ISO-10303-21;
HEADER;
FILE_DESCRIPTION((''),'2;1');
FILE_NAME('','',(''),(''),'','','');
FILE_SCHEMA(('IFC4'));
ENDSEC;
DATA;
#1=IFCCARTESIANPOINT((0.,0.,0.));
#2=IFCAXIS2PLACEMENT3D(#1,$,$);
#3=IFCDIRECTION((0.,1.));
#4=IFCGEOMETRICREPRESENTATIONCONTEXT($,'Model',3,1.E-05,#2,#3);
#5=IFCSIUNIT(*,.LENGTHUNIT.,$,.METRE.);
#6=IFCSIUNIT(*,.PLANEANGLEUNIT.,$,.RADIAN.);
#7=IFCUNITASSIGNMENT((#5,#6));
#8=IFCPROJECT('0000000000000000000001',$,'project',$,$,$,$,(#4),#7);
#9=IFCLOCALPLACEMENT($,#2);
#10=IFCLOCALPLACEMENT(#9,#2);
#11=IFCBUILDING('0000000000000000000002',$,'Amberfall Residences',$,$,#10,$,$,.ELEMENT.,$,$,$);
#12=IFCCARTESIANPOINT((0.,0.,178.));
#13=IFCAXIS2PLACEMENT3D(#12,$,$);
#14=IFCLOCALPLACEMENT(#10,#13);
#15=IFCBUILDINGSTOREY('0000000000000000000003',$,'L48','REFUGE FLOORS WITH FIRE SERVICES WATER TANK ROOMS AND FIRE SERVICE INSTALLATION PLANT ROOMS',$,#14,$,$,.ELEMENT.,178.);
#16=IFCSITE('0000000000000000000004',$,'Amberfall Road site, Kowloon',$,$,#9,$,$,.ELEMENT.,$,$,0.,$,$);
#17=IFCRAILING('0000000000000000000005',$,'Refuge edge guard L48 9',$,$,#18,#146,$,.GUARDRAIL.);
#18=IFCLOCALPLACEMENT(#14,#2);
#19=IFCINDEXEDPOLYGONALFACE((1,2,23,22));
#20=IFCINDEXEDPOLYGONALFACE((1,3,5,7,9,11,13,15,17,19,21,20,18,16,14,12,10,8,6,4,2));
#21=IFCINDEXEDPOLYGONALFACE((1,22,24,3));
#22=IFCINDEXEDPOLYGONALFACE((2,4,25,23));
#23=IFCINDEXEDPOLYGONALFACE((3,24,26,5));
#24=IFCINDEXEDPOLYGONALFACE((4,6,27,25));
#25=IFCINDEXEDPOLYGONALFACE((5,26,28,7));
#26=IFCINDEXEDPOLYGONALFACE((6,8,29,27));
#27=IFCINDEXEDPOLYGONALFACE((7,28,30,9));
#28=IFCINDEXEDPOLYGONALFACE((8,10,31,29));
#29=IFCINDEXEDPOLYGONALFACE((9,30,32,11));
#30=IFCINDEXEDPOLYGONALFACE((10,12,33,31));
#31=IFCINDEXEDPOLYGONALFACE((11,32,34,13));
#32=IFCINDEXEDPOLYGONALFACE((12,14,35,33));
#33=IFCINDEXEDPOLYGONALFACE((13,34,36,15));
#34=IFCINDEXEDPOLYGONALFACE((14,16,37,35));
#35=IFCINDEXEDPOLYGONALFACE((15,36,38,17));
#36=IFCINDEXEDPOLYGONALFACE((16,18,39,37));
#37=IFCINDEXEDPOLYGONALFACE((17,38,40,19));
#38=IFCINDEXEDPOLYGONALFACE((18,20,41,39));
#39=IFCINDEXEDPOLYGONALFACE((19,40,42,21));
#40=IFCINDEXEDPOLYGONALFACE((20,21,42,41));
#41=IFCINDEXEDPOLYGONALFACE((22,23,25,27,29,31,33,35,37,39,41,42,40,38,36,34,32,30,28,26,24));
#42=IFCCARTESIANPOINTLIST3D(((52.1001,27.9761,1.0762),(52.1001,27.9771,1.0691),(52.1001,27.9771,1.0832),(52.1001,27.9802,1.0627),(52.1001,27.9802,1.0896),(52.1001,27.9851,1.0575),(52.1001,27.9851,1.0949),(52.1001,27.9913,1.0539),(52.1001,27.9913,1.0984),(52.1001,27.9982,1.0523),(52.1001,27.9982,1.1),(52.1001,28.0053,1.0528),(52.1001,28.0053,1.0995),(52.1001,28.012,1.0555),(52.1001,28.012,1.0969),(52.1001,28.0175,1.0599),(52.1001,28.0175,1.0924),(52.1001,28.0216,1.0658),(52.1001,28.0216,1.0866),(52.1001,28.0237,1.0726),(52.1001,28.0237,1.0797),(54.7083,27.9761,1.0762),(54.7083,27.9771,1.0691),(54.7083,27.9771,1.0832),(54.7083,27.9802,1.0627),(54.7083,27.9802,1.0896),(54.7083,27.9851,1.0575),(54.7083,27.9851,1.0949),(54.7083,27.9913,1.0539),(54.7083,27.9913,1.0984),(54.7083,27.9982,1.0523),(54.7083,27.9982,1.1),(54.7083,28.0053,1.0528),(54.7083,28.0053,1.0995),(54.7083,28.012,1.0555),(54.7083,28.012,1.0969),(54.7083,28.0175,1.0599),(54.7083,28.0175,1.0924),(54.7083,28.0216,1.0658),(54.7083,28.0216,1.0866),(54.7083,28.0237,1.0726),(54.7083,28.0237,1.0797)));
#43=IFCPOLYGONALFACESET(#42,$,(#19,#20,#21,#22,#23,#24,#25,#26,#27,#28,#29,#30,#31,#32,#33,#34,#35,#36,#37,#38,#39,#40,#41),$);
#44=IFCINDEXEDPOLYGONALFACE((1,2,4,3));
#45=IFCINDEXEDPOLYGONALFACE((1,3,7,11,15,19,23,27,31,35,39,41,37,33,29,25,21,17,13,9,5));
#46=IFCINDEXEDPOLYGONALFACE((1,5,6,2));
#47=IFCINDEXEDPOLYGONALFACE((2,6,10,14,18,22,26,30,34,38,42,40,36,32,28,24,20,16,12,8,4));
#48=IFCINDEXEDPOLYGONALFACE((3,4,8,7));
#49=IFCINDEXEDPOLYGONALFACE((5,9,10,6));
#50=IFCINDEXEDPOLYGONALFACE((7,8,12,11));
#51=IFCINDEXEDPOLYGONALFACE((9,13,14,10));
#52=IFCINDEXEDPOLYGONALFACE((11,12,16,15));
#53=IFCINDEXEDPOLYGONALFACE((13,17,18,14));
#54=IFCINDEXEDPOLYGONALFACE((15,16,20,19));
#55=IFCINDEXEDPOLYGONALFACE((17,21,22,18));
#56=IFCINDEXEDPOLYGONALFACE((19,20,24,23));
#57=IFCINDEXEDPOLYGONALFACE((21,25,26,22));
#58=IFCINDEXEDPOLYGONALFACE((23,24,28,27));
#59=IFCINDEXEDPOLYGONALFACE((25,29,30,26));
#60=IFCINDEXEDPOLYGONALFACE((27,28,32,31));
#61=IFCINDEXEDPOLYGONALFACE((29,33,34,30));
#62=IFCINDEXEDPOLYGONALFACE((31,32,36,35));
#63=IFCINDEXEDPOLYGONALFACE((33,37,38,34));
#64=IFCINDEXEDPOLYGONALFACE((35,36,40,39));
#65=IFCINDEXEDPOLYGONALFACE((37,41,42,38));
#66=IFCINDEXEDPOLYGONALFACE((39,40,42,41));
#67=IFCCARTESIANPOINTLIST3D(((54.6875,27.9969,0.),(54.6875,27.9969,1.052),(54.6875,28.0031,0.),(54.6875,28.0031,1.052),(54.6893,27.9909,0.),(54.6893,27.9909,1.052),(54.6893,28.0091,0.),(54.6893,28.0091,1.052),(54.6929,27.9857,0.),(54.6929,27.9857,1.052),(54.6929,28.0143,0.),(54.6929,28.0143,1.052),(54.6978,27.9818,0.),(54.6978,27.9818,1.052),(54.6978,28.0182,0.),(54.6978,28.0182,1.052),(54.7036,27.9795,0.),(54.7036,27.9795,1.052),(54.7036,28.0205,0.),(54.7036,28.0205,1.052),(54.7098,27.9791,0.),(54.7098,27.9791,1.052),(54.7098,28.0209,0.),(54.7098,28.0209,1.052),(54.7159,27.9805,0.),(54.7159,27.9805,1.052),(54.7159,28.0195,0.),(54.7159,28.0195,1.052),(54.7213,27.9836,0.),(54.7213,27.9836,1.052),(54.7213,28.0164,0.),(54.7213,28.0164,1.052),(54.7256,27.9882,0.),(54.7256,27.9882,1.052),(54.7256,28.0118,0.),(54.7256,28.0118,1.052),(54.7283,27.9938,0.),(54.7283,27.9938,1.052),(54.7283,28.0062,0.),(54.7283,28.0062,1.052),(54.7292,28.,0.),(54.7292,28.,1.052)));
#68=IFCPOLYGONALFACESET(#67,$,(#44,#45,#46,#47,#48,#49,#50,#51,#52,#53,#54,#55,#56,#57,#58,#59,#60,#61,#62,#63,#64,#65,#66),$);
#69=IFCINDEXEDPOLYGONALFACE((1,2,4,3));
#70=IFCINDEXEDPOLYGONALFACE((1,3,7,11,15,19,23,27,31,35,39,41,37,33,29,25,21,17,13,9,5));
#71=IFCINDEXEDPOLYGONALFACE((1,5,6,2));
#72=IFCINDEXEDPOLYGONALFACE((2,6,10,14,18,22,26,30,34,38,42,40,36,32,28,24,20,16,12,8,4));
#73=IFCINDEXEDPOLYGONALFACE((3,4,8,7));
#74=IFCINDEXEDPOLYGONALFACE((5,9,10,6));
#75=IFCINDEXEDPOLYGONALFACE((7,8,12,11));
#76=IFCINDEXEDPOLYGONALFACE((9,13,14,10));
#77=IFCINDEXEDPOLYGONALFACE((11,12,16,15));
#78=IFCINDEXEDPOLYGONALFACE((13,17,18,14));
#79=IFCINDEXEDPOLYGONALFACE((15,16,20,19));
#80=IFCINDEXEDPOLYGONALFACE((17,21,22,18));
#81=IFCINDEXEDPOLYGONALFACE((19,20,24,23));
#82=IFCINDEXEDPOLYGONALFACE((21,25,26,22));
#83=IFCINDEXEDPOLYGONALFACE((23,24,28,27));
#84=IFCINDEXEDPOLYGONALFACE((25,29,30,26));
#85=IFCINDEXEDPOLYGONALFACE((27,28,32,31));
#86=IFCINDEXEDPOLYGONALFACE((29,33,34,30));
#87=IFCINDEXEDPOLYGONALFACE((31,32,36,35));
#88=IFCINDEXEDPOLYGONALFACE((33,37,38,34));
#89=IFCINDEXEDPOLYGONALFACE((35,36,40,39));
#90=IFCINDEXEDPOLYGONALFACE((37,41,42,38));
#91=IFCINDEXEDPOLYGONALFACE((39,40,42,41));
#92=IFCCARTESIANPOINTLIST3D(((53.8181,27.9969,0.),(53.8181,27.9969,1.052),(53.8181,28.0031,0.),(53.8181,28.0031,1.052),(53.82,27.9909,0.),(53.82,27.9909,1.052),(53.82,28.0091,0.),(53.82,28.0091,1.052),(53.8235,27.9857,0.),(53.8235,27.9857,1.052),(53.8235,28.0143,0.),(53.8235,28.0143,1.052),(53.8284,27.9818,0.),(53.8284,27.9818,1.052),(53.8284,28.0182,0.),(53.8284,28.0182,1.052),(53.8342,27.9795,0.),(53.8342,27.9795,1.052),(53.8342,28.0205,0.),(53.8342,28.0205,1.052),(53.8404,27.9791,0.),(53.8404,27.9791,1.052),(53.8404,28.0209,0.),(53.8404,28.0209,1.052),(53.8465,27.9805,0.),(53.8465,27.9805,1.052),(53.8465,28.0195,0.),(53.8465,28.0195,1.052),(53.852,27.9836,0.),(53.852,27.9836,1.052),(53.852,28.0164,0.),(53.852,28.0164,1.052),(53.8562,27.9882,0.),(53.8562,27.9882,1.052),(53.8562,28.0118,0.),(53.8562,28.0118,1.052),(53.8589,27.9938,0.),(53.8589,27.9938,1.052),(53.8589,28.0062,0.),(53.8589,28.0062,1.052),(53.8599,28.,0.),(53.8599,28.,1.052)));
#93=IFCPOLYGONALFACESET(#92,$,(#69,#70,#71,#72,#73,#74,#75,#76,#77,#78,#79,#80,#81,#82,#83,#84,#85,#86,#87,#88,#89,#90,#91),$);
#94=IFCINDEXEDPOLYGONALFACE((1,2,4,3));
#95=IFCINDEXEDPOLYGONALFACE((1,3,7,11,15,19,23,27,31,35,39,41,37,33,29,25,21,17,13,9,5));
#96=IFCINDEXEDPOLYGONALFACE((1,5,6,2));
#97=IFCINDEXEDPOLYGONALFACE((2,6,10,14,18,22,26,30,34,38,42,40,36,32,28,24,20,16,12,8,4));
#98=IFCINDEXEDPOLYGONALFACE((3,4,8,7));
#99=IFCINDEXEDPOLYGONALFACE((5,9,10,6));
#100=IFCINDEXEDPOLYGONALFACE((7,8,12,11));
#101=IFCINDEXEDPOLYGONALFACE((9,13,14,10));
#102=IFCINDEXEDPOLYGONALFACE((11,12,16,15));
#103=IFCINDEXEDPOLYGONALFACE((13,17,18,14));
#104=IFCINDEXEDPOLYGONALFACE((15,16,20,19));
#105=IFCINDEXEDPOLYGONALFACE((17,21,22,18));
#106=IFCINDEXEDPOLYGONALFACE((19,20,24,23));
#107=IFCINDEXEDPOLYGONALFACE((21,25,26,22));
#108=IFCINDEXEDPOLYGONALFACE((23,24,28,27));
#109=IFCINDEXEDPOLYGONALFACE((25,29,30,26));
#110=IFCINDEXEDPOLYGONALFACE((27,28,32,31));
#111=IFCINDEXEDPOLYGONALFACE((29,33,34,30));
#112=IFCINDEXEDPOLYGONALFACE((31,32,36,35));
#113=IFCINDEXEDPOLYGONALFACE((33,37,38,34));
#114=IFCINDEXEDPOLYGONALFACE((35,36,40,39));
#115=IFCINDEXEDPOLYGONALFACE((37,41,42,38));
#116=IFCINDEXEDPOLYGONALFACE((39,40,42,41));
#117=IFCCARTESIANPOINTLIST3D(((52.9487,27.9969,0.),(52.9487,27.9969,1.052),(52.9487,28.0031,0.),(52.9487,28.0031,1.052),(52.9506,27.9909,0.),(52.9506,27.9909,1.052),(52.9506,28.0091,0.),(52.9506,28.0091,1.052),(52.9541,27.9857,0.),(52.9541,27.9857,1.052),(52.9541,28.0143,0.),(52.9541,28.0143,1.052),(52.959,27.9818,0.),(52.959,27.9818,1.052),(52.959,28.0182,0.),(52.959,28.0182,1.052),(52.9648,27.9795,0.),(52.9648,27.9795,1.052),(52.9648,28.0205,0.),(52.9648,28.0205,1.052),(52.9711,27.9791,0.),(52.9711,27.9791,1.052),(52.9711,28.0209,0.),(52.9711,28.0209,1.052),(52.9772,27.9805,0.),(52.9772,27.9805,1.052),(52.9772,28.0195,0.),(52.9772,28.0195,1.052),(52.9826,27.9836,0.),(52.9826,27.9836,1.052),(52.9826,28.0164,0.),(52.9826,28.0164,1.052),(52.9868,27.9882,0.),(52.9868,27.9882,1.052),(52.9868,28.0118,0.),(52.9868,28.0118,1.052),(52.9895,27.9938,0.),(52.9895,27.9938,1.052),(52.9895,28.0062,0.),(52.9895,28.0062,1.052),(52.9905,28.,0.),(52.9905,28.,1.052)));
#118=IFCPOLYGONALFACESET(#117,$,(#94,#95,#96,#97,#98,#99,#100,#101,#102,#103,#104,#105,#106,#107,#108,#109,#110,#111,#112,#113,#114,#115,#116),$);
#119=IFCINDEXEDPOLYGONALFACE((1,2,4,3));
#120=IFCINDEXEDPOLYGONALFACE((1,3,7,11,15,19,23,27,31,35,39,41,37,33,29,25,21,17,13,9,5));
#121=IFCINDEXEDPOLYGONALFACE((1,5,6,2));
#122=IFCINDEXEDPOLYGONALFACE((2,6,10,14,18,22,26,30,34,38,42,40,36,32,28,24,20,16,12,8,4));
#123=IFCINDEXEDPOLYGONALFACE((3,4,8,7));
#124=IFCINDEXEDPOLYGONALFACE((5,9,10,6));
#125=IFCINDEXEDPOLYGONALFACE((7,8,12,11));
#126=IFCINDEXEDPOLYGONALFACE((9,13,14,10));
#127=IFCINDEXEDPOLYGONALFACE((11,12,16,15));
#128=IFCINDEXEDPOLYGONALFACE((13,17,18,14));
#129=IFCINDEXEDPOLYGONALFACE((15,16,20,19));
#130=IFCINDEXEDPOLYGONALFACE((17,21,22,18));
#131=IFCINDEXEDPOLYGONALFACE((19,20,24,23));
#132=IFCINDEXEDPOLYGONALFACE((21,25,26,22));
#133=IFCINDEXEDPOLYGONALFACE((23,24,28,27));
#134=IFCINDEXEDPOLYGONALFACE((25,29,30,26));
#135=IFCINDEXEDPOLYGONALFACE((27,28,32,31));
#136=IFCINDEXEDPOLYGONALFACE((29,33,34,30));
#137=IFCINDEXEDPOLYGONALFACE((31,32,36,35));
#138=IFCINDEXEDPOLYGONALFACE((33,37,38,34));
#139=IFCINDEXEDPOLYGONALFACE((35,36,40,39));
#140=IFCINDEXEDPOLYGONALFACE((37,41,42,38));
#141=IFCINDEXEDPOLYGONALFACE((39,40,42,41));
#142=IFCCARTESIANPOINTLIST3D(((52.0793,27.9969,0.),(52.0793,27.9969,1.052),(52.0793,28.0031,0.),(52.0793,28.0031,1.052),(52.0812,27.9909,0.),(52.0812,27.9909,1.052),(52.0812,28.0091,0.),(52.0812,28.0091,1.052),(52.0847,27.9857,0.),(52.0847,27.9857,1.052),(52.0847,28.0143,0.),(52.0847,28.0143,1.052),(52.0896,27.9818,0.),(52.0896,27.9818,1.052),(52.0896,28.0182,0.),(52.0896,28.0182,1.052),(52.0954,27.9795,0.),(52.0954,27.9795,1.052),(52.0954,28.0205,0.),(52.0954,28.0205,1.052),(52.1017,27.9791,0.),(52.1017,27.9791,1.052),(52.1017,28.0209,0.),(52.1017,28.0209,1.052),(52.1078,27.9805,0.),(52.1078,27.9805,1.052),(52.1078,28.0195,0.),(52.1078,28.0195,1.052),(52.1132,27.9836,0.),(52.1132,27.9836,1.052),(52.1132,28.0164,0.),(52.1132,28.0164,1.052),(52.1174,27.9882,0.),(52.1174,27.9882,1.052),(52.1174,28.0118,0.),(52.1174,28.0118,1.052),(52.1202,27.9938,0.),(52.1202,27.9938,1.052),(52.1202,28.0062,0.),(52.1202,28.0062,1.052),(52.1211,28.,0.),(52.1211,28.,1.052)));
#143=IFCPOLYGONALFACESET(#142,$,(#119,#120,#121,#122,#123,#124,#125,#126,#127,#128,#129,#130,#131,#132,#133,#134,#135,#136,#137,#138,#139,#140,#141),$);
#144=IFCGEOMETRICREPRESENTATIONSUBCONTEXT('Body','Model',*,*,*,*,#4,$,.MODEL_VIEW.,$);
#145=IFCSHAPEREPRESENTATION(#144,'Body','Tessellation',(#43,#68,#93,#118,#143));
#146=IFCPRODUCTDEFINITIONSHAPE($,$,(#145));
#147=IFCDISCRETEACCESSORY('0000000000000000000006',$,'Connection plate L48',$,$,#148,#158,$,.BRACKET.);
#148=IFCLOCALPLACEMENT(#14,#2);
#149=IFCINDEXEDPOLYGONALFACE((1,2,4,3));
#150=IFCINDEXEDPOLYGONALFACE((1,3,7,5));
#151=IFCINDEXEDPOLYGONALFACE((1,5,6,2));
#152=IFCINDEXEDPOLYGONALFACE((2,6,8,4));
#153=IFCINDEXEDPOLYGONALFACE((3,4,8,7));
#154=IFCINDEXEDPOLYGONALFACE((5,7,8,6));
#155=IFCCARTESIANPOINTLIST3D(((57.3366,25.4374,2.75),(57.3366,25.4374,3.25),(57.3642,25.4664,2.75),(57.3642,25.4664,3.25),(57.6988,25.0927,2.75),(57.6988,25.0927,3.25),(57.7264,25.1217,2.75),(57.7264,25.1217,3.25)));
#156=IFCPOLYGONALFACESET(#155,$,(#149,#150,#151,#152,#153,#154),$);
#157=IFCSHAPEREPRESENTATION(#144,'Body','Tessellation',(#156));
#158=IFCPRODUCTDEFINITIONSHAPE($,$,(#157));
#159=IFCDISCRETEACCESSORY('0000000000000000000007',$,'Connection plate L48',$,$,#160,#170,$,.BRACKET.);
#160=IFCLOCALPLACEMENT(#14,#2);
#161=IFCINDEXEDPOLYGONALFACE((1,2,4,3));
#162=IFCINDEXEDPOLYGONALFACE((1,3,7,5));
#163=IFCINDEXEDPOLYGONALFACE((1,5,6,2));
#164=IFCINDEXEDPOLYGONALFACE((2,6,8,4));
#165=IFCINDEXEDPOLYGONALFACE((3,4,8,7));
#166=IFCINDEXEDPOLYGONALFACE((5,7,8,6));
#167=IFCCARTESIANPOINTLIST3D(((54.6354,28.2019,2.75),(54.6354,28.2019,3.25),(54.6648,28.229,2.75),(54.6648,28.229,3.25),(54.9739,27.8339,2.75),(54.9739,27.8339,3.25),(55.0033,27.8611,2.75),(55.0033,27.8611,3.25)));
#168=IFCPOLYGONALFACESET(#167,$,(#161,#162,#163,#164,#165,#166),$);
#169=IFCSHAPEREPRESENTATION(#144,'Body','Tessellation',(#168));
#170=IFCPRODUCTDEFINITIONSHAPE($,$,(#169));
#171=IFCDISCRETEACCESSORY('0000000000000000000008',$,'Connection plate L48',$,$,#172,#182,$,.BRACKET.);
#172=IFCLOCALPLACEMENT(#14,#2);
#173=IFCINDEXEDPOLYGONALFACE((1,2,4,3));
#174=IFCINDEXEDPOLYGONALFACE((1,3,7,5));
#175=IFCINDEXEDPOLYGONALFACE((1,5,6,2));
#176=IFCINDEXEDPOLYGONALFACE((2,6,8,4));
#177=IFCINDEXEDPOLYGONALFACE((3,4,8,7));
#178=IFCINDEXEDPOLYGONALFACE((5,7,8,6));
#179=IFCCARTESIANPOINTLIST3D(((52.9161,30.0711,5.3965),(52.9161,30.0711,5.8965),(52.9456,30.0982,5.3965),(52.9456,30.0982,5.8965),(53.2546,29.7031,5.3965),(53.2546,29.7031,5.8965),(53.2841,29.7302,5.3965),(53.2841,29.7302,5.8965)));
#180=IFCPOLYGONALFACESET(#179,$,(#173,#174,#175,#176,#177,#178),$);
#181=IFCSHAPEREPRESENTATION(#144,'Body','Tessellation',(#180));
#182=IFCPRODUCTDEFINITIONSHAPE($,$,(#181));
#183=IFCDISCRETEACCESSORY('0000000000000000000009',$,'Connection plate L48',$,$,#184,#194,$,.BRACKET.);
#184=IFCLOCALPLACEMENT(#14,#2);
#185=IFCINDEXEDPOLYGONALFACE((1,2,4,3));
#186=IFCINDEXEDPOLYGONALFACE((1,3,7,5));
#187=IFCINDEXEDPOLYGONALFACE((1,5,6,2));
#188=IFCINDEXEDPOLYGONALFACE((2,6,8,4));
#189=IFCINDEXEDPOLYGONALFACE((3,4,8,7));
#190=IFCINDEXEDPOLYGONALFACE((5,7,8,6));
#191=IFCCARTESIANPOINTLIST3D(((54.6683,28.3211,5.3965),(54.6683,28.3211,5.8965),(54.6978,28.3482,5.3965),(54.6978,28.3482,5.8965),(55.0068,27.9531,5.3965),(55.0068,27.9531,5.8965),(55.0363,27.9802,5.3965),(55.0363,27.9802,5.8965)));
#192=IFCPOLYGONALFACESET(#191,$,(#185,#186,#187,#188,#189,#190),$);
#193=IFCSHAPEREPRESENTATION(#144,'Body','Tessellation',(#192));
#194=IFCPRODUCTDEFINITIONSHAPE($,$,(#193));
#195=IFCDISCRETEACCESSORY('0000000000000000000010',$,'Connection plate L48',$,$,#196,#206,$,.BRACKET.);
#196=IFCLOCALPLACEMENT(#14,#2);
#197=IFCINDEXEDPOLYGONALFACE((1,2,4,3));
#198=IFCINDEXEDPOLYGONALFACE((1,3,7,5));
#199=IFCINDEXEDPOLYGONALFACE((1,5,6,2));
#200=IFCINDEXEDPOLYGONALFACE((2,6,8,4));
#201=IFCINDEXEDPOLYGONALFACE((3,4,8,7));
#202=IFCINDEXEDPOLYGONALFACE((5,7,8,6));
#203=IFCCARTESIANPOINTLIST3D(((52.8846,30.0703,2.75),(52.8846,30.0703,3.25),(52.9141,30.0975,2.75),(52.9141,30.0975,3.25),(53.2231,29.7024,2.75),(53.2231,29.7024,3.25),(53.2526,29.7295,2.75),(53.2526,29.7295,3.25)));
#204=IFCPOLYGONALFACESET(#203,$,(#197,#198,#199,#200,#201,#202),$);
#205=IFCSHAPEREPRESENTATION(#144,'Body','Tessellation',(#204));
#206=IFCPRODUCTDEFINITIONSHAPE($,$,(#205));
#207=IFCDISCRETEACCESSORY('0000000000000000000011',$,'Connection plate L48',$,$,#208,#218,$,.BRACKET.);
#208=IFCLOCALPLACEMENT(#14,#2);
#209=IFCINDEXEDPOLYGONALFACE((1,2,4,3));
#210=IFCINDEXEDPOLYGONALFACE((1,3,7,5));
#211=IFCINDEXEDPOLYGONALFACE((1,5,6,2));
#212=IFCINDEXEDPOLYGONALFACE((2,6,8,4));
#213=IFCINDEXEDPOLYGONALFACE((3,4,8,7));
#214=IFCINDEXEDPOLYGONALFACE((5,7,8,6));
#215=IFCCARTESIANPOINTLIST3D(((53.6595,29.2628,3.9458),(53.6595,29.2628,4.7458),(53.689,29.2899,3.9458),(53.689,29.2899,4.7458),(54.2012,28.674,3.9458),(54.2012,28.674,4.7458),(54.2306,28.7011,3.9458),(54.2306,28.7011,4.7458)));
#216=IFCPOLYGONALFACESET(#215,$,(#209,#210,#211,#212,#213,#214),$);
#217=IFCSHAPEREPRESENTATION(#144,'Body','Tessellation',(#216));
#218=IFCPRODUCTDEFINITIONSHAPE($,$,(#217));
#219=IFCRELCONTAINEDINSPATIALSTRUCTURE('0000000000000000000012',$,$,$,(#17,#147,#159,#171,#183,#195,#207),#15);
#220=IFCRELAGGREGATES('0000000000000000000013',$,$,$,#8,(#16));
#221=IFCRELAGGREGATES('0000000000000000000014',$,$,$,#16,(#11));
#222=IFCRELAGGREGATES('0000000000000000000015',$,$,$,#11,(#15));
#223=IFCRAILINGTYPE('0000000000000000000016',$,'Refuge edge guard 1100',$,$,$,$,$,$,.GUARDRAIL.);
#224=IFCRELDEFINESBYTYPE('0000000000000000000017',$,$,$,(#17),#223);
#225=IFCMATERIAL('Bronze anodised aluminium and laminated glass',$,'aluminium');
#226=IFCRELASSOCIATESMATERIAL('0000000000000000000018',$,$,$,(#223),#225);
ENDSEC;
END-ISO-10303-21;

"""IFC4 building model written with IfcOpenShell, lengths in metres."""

from ifc_helpers import new_model, si_unit, direction, frame, origin, origin_2d, place, context, subcontext, project, spatial, rectangle, circle, extrude, material, type_object, element, save


model = new_model("IFC4")

# Units and contexts
model_context = context("Model", 3, precision=1e-05, world=origin(), true_north=direction((0.0, 1.0)))
body_context = subcontext(model_context, "Body", "Model", "MODEL_VIEW")
ifc_project = project(units=[si_unit("LENGTHUNIT", "METRE"), si_unit("PLANEANGLEUNIT", "RADIAN")], contexts=[model_context])

# Site, building, storey
site_placement = place(None, origin())
site = spatial("IfcSite", under=ifc_project, at=site_placement, Name="Amberfall Road site, Kowloon", CompositionType="ELEMENT", RefElevation=0.0)
building_placement = place(site_placement, origin())
building = spatial("IfcBuilding", under=site, at=building_placement, Name="Amberfall Residences", CompositionType="ELEMENT")
storey_placement = place(building_placement, frame((0.0, 0.0, 178.0)))
storey = spatial("IfcBuildingStorey", under=building, at=storey_placement, Name="L48", Description="REFUGE FLOORS WITH FIRE SERVICES WATER TANK ROOMS AND FIRE SERVICE INSTALLATION PLANT ROOMS", CompositionType="ELEMENT", Elevation=178.0)

# Railing
ifc_material_1 = material(Name="Bronze anodised aluminium and laminated glass", Category="aluminium")
railing_type = type_object("IfcRailingType", Name="Refuge edge guard 1100", PredefinedType="GUARDRAIL", material=ifc_material_1)
railing_1_placement = place(storey_placement, frame((54.7083, 28.0, 0.0)))
element("IfcRailing", 1, at=railing_1_placement, inside=storey, type_object=railing_type, Name="Refuge edge guard L48 9", PredefinedType="GUARDRAIL", context=body_context, shape_type="SweptSolid", body=[
    extrude(circle(Radius=0.0239, at=origin_2d()), frame((0.0, 0.0, 1.0762), z_axis=(-1.0, 0.0, 0.0), x_axis=(0.0, -1.0, 0.0)), (0.0, 0.0, 1.0), 2.6082),
    extrude(circle(Radius=0.021, at=origin_2d()), origin(), (0.0, 0.0, 1.0), 1.052),
    extrude(circle(Radius=0.021, at=origin_2d()), frame((-0.8694, 0.0, 0.0)), (0.0, 0.0, 1.0), 1.052),
    extrude(circle(Radius=0.021, at=origin_2d()), frame((-1.7388, 0.0, 0.0)), (0.0, 0.0, 1.0), 1.052),
    extrude(circle(Radius=0.021, at=origin_2d()), frame((-2.6082, 0.0, 0.0)), (0.0, 0.0, 1.0), 1.052),
])

# Discrete accessories
for number, where, z_axis, x_axis, name in (
    (2, (57.5315, 25.2795, 2.75), (0.0, 0.0, 1.0), (0.724364, -0.689417, 0.0), "Connection plate L48"),
    (3, (54.8193, 28.0315, 2.75), (0.0, 0.0, 1.0), (-0.677004, 0.735979, 0.0), "Connection plate L48"),
    (4, (53.1001, 29.9006, 5.3965), (0.0, 0.0, 1.0), (-0.677004, 0.735979, 0.0), "Connection plate L48"),
    (5, (54.8523, 28.1506, 5.3965), (0.0, 0.0, 1.0), (-0.677004, 0.735979, 0.0), "Connection plate L48"),
    (6, (53.0686, 29.8999, 2.75), (0.0, 0.0, 1.0), (-0.677004, 0.735979, 0.0), "Connection plate L48"),
):
    element("IfcDiscreteAccessory", number, at=place(storey_placement, frame(where, z_axis=z_axis, x_axis=x_axis)), inside=storey, Name=name, PredefinedType="BRACKET", context=body_context, shape_type="SweptSolid", body=[
        extrude(rectangle(XDim=0.5, YDim=0.04, at=origin_2d()), origin(), (0.0, 0.0, 1.0), 0.5),
    ])
discrete_accessory_1_placement = place(storey_placement, frame((53.9451, 28.9819, 3.9458), z_axis=(0.0, 0.0, 1.0), x_axis=(-0.677004, 0.735979, 0.0)))
element("IfcDiscreteAccessory", 7, at=discrete_accessory_1_placement, inside=storey, Name="Connection plate L48", PredefinedType="BRACKET", context=body_context, shape_type="SweptSolid", body=[
    extrude(rectangle(XDim=0.8, YDim=0.04, at=origin_2d()), origin(), (0.0, 0.0, 1.0), 0.8),
])

save(model, "model.ifc")
